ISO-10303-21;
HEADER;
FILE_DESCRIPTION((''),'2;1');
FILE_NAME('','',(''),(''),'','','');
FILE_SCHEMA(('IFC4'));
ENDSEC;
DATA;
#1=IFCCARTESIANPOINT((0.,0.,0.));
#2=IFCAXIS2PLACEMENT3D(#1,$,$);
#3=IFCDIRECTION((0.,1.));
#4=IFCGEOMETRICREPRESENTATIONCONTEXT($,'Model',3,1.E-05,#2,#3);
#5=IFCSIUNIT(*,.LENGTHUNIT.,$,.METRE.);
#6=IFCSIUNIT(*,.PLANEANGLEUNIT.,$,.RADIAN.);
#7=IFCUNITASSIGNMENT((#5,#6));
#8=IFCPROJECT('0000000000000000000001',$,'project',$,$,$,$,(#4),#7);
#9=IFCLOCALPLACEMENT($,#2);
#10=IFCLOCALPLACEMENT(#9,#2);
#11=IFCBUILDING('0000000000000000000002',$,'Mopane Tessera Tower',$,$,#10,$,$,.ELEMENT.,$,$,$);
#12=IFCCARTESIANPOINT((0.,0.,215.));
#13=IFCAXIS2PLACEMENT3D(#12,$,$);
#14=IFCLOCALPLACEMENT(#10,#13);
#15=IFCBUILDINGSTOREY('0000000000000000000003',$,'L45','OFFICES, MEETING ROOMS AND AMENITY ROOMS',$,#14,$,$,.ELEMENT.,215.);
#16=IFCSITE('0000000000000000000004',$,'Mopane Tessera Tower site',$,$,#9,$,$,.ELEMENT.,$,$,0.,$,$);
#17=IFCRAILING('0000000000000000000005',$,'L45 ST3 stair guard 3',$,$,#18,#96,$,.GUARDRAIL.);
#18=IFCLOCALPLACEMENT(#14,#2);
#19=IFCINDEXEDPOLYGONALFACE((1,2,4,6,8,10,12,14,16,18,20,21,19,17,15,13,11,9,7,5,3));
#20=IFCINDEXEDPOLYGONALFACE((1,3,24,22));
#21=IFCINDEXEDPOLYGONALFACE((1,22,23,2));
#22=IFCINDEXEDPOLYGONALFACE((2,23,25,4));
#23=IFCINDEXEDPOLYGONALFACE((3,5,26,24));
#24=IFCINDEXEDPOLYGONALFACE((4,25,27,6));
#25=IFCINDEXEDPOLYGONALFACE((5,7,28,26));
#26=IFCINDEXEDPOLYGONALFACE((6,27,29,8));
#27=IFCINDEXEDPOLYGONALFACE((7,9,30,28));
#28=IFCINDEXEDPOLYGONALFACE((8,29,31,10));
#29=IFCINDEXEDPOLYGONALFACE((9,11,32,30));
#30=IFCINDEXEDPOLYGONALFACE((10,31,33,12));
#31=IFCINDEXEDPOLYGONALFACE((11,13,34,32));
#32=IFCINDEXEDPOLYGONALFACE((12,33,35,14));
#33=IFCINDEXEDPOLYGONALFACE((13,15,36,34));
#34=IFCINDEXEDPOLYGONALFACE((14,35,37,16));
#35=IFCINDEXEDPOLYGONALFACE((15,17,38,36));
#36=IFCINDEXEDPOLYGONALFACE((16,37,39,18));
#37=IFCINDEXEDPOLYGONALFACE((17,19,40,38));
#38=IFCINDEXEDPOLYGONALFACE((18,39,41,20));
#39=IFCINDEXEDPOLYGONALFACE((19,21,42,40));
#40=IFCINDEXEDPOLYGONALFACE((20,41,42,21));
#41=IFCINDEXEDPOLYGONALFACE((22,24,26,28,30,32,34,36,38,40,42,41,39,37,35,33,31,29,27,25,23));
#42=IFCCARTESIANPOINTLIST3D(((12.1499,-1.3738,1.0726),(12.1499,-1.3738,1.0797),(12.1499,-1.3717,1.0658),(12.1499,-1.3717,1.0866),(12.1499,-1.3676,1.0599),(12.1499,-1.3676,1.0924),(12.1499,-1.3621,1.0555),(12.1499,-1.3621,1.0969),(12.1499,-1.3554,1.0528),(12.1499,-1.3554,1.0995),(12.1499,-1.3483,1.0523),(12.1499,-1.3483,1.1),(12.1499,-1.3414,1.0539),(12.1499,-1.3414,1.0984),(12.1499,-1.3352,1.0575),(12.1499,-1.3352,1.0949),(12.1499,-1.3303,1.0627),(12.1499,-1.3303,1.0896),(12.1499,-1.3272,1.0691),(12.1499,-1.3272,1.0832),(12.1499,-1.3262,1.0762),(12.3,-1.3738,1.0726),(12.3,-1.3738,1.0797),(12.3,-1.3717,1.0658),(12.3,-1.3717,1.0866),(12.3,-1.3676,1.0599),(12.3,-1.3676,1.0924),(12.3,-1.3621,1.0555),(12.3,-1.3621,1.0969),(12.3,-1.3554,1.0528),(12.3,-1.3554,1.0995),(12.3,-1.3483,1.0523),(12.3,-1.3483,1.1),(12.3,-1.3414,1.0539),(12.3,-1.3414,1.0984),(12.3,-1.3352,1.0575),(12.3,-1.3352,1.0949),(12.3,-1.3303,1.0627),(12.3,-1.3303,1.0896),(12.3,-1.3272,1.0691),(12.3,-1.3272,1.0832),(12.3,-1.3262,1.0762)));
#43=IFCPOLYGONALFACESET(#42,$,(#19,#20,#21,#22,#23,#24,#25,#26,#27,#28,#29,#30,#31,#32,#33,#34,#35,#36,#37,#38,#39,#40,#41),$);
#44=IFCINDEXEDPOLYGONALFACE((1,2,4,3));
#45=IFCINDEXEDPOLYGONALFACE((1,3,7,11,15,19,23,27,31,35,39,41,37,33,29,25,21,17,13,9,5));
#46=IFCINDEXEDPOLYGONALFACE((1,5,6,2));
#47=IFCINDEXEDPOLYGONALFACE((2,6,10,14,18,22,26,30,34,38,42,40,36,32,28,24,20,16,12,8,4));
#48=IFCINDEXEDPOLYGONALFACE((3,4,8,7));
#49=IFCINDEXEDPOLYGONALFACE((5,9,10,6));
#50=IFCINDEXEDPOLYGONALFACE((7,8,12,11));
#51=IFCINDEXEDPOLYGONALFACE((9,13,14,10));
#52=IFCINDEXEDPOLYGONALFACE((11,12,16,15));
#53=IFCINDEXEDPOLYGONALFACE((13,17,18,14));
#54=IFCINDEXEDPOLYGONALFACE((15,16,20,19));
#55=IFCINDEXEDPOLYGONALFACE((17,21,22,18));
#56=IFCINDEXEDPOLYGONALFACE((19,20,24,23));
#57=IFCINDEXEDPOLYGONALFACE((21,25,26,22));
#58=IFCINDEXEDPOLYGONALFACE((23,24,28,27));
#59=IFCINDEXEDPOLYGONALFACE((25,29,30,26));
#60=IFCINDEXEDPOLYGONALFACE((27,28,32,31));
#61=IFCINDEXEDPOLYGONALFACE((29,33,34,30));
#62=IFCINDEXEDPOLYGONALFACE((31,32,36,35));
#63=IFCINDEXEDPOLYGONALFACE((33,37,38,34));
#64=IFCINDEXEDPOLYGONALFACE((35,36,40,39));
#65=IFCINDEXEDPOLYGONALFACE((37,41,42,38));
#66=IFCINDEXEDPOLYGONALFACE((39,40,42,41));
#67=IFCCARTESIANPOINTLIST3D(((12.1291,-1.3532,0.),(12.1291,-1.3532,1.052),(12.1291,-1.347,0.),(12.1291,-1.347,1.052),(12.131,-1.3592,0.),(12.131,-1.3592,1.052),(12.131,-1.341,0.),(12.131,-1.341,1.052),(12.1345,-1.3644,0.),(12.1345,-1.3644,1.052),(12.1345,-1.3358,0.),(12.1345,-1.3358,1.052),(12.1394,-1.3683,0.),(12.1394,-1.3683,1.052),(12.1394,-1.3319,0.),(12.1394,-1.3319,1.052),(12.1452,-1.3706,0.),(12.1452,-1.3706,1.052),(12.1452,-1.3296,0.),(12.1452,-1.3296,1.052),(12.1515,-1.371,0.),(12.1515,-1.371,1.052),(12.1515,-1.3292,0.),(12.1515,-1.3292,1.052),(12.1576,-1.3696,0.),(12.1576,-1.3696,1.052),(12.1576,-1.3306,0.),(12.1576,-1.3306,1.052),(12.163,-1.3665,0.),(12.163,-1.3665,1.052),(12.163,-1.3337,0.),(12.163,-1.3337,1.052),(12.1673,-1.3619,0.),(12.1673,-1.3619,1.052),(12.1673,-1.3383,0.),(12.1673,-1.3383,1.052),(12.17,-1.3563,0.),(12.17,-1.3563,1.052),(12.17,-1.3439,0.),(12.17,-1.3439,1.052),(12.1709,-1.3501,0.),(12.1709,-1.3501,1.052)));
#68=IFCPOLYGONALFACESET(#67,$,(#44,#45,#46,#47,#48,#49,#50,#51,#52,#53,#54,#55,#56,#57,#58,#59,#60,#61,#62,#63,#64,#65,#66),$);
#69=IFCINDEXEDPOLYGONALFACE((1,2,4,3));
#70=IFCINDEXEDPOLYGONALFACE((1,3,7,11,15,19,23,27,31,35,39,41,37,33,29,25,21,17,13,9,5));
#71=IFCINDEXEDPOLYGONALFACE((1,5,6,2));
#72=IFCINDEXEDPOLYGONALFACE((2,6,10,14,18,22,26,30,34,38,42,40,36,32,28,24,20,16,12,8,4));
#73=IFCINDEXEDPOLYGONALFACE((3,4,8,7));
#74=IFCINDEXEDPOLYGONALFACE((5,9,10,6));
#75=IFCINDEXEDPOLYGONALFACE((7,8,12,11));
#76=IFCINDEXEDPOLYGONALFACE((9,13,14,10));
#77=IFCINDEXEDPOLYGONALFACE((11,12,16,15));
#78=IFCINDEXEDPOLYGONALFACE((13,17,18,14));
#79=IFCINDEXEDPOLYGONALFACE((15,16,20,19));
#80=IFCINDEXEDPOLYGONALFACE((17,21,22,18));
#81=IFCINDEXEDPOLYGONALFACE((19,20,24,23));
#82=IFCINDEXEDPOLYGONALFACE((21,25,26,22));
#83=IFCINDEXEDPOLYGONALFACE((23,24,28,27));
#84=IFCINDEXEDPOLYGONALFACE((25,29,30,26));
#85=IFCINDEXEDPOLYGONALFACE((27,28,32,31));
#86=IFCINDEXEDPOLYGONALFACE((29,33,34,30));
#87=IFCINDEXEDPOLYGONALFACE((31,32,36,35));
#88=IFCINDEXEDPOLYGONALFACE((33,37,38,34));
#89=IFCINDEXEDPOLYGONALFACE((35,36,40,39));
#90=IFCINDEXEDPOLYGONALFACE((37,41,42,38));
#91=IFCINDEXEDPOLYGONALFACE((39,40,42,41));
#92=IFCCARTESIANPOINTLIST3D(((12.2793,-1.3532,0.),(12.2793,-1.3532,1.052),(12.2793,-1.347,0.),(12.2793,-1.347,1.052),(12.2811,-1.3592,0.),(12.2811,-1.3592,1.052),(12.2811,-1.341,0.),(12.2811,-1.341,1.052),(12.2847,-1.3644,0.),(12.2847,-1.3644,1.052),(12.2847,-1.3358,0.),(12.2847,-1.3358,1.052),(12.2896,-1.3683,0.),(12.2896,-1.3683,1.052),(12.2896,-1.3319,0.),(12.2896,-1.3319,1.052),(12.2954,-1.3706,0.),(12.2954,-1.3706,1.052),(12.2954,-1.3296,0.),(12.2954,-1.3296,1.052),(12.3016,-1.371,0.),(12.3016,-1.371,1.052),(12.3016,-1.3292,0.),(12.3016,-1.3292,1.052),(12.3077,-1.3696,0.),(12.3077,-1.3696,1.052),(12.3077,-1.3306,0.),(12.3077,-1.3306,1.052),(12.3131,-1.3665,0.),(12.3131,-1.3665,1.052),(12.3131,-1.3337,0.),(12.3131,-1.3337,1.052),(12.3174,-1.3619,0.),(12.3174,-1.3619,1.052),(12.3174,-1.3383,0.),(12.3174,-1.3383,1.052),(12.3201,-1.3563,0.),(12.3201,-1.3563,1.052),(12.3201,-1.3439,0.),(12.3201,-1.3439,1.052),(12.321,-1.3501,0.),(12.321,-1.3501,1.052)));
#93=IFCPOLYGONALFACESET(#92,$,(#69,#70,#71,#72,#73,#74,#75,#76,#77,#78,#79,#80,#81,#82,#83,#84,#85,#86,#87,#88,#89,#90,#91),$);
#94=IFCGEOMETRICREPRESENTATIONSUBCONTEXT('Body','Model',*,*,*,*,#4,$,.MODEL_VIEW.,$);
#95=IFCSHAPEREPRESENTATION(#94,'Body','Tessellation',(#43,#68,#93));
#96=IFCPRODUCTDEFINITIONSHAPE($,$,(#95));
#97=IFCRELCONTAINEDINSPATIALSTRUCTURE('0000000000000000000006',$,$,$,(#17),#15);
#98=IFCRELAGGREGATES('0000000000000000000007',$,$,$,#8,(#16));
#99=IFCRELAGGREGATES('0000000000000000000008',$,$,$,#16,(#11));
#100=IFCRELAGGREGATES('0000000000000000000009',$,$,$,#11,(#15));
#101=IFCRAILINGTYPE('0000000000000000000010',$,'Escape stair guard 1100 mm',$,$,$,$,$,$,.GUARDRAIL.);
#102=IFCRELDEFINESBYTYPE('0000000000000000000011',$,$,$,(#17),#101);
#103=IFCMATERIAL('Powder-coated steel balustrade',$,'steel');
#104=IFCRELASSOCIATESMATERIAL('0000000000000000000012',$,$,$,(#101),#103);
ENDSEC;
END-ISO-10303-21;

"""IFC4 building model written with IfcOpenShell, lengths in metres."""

from ifc_helpers import new_model, si_unit, direction, frame, origin, origin_2d, place, context, subcontext, project, spatial, circle, extrude, material, type_object, element, save


model = new_model("IFC4")

# Units and contexts
model_context = context("Model", 3, precision=1e-05, world=origin(), true_north=direction((0.0, 1.0)))
body_context = subcontext(model_context, "Body", "Model", "MODEL_VIEW")
ifc_project = project(units=[si_unit("LENGTHUNIT", "METRE"), si_unit("PLANEANGLEUNIT", "RADIAN")], contexts=[model_context])

# Site, building, storey
site_placement = place(None, origin())
site = spatial("IfcSite", under=ifc_project, at=site_placement, Name="Mopane Tessera Tower site", CompositionType="ELEMENT", RefElevation=0.0)
building_placement = place(site_placement, origin())
building = spatial("IfcBuilding", under=site, at=building_placement, Name="Mopane Tessera Tower", CompositionType="ELEMENT")
storey_placement = place(building_placement, frame((0.0, 0.0, 215.0)))
storey = spatial("IfcBuildingStorey", under=building, at=storey_placement, Name="L45", Description="OFFICES, MEETING ROOMS AND AMENITY ROOMS", CompositionType="ELEMENT", Elevation=215.0)

# Railing
ifc_material_1 = material(Name="Powder-coated steel balustrade", Category="steel")
railing_type_1 = type_object("IfcRailingType", Name="Escape stair guard 1100 mm", PredefinedType="GUARDRAIL", material=ifc_material_1)
railing_1_placement = place(storey_placement, frame((12.1499, -1.3501, 0.0)))
element("IfcRailing", 1, at=railing_1_placement, inside=storey, type_object=railing_type_1, Name="L45 ST3 stair guard 3", PredefinedType="GUARDRAIL", context=body_context, shape_type="SweptSolid", body=[
    extrude(circle(Radius=0.0239, at=origin_2d()), frame((0.0, 0.0, 1.0762), z_axis=(1.0, 0.0, 0.0), x_axis=(0.0, 1.0, 0.0)), (0.0, 0.0, 1.0), 0.1501),
    extrude(circle(Radius=0.021, at=origin_2d()), origin(), (0.0, 0.0, 1.0), 1.052),
    extrude(circle(Radius=0.021, at=origin_2d()), frame((0.1501, 0.0, 0.0)), (0.0, 0.0, 1.0), 1.052),
])

save(model, "model.ifc")
